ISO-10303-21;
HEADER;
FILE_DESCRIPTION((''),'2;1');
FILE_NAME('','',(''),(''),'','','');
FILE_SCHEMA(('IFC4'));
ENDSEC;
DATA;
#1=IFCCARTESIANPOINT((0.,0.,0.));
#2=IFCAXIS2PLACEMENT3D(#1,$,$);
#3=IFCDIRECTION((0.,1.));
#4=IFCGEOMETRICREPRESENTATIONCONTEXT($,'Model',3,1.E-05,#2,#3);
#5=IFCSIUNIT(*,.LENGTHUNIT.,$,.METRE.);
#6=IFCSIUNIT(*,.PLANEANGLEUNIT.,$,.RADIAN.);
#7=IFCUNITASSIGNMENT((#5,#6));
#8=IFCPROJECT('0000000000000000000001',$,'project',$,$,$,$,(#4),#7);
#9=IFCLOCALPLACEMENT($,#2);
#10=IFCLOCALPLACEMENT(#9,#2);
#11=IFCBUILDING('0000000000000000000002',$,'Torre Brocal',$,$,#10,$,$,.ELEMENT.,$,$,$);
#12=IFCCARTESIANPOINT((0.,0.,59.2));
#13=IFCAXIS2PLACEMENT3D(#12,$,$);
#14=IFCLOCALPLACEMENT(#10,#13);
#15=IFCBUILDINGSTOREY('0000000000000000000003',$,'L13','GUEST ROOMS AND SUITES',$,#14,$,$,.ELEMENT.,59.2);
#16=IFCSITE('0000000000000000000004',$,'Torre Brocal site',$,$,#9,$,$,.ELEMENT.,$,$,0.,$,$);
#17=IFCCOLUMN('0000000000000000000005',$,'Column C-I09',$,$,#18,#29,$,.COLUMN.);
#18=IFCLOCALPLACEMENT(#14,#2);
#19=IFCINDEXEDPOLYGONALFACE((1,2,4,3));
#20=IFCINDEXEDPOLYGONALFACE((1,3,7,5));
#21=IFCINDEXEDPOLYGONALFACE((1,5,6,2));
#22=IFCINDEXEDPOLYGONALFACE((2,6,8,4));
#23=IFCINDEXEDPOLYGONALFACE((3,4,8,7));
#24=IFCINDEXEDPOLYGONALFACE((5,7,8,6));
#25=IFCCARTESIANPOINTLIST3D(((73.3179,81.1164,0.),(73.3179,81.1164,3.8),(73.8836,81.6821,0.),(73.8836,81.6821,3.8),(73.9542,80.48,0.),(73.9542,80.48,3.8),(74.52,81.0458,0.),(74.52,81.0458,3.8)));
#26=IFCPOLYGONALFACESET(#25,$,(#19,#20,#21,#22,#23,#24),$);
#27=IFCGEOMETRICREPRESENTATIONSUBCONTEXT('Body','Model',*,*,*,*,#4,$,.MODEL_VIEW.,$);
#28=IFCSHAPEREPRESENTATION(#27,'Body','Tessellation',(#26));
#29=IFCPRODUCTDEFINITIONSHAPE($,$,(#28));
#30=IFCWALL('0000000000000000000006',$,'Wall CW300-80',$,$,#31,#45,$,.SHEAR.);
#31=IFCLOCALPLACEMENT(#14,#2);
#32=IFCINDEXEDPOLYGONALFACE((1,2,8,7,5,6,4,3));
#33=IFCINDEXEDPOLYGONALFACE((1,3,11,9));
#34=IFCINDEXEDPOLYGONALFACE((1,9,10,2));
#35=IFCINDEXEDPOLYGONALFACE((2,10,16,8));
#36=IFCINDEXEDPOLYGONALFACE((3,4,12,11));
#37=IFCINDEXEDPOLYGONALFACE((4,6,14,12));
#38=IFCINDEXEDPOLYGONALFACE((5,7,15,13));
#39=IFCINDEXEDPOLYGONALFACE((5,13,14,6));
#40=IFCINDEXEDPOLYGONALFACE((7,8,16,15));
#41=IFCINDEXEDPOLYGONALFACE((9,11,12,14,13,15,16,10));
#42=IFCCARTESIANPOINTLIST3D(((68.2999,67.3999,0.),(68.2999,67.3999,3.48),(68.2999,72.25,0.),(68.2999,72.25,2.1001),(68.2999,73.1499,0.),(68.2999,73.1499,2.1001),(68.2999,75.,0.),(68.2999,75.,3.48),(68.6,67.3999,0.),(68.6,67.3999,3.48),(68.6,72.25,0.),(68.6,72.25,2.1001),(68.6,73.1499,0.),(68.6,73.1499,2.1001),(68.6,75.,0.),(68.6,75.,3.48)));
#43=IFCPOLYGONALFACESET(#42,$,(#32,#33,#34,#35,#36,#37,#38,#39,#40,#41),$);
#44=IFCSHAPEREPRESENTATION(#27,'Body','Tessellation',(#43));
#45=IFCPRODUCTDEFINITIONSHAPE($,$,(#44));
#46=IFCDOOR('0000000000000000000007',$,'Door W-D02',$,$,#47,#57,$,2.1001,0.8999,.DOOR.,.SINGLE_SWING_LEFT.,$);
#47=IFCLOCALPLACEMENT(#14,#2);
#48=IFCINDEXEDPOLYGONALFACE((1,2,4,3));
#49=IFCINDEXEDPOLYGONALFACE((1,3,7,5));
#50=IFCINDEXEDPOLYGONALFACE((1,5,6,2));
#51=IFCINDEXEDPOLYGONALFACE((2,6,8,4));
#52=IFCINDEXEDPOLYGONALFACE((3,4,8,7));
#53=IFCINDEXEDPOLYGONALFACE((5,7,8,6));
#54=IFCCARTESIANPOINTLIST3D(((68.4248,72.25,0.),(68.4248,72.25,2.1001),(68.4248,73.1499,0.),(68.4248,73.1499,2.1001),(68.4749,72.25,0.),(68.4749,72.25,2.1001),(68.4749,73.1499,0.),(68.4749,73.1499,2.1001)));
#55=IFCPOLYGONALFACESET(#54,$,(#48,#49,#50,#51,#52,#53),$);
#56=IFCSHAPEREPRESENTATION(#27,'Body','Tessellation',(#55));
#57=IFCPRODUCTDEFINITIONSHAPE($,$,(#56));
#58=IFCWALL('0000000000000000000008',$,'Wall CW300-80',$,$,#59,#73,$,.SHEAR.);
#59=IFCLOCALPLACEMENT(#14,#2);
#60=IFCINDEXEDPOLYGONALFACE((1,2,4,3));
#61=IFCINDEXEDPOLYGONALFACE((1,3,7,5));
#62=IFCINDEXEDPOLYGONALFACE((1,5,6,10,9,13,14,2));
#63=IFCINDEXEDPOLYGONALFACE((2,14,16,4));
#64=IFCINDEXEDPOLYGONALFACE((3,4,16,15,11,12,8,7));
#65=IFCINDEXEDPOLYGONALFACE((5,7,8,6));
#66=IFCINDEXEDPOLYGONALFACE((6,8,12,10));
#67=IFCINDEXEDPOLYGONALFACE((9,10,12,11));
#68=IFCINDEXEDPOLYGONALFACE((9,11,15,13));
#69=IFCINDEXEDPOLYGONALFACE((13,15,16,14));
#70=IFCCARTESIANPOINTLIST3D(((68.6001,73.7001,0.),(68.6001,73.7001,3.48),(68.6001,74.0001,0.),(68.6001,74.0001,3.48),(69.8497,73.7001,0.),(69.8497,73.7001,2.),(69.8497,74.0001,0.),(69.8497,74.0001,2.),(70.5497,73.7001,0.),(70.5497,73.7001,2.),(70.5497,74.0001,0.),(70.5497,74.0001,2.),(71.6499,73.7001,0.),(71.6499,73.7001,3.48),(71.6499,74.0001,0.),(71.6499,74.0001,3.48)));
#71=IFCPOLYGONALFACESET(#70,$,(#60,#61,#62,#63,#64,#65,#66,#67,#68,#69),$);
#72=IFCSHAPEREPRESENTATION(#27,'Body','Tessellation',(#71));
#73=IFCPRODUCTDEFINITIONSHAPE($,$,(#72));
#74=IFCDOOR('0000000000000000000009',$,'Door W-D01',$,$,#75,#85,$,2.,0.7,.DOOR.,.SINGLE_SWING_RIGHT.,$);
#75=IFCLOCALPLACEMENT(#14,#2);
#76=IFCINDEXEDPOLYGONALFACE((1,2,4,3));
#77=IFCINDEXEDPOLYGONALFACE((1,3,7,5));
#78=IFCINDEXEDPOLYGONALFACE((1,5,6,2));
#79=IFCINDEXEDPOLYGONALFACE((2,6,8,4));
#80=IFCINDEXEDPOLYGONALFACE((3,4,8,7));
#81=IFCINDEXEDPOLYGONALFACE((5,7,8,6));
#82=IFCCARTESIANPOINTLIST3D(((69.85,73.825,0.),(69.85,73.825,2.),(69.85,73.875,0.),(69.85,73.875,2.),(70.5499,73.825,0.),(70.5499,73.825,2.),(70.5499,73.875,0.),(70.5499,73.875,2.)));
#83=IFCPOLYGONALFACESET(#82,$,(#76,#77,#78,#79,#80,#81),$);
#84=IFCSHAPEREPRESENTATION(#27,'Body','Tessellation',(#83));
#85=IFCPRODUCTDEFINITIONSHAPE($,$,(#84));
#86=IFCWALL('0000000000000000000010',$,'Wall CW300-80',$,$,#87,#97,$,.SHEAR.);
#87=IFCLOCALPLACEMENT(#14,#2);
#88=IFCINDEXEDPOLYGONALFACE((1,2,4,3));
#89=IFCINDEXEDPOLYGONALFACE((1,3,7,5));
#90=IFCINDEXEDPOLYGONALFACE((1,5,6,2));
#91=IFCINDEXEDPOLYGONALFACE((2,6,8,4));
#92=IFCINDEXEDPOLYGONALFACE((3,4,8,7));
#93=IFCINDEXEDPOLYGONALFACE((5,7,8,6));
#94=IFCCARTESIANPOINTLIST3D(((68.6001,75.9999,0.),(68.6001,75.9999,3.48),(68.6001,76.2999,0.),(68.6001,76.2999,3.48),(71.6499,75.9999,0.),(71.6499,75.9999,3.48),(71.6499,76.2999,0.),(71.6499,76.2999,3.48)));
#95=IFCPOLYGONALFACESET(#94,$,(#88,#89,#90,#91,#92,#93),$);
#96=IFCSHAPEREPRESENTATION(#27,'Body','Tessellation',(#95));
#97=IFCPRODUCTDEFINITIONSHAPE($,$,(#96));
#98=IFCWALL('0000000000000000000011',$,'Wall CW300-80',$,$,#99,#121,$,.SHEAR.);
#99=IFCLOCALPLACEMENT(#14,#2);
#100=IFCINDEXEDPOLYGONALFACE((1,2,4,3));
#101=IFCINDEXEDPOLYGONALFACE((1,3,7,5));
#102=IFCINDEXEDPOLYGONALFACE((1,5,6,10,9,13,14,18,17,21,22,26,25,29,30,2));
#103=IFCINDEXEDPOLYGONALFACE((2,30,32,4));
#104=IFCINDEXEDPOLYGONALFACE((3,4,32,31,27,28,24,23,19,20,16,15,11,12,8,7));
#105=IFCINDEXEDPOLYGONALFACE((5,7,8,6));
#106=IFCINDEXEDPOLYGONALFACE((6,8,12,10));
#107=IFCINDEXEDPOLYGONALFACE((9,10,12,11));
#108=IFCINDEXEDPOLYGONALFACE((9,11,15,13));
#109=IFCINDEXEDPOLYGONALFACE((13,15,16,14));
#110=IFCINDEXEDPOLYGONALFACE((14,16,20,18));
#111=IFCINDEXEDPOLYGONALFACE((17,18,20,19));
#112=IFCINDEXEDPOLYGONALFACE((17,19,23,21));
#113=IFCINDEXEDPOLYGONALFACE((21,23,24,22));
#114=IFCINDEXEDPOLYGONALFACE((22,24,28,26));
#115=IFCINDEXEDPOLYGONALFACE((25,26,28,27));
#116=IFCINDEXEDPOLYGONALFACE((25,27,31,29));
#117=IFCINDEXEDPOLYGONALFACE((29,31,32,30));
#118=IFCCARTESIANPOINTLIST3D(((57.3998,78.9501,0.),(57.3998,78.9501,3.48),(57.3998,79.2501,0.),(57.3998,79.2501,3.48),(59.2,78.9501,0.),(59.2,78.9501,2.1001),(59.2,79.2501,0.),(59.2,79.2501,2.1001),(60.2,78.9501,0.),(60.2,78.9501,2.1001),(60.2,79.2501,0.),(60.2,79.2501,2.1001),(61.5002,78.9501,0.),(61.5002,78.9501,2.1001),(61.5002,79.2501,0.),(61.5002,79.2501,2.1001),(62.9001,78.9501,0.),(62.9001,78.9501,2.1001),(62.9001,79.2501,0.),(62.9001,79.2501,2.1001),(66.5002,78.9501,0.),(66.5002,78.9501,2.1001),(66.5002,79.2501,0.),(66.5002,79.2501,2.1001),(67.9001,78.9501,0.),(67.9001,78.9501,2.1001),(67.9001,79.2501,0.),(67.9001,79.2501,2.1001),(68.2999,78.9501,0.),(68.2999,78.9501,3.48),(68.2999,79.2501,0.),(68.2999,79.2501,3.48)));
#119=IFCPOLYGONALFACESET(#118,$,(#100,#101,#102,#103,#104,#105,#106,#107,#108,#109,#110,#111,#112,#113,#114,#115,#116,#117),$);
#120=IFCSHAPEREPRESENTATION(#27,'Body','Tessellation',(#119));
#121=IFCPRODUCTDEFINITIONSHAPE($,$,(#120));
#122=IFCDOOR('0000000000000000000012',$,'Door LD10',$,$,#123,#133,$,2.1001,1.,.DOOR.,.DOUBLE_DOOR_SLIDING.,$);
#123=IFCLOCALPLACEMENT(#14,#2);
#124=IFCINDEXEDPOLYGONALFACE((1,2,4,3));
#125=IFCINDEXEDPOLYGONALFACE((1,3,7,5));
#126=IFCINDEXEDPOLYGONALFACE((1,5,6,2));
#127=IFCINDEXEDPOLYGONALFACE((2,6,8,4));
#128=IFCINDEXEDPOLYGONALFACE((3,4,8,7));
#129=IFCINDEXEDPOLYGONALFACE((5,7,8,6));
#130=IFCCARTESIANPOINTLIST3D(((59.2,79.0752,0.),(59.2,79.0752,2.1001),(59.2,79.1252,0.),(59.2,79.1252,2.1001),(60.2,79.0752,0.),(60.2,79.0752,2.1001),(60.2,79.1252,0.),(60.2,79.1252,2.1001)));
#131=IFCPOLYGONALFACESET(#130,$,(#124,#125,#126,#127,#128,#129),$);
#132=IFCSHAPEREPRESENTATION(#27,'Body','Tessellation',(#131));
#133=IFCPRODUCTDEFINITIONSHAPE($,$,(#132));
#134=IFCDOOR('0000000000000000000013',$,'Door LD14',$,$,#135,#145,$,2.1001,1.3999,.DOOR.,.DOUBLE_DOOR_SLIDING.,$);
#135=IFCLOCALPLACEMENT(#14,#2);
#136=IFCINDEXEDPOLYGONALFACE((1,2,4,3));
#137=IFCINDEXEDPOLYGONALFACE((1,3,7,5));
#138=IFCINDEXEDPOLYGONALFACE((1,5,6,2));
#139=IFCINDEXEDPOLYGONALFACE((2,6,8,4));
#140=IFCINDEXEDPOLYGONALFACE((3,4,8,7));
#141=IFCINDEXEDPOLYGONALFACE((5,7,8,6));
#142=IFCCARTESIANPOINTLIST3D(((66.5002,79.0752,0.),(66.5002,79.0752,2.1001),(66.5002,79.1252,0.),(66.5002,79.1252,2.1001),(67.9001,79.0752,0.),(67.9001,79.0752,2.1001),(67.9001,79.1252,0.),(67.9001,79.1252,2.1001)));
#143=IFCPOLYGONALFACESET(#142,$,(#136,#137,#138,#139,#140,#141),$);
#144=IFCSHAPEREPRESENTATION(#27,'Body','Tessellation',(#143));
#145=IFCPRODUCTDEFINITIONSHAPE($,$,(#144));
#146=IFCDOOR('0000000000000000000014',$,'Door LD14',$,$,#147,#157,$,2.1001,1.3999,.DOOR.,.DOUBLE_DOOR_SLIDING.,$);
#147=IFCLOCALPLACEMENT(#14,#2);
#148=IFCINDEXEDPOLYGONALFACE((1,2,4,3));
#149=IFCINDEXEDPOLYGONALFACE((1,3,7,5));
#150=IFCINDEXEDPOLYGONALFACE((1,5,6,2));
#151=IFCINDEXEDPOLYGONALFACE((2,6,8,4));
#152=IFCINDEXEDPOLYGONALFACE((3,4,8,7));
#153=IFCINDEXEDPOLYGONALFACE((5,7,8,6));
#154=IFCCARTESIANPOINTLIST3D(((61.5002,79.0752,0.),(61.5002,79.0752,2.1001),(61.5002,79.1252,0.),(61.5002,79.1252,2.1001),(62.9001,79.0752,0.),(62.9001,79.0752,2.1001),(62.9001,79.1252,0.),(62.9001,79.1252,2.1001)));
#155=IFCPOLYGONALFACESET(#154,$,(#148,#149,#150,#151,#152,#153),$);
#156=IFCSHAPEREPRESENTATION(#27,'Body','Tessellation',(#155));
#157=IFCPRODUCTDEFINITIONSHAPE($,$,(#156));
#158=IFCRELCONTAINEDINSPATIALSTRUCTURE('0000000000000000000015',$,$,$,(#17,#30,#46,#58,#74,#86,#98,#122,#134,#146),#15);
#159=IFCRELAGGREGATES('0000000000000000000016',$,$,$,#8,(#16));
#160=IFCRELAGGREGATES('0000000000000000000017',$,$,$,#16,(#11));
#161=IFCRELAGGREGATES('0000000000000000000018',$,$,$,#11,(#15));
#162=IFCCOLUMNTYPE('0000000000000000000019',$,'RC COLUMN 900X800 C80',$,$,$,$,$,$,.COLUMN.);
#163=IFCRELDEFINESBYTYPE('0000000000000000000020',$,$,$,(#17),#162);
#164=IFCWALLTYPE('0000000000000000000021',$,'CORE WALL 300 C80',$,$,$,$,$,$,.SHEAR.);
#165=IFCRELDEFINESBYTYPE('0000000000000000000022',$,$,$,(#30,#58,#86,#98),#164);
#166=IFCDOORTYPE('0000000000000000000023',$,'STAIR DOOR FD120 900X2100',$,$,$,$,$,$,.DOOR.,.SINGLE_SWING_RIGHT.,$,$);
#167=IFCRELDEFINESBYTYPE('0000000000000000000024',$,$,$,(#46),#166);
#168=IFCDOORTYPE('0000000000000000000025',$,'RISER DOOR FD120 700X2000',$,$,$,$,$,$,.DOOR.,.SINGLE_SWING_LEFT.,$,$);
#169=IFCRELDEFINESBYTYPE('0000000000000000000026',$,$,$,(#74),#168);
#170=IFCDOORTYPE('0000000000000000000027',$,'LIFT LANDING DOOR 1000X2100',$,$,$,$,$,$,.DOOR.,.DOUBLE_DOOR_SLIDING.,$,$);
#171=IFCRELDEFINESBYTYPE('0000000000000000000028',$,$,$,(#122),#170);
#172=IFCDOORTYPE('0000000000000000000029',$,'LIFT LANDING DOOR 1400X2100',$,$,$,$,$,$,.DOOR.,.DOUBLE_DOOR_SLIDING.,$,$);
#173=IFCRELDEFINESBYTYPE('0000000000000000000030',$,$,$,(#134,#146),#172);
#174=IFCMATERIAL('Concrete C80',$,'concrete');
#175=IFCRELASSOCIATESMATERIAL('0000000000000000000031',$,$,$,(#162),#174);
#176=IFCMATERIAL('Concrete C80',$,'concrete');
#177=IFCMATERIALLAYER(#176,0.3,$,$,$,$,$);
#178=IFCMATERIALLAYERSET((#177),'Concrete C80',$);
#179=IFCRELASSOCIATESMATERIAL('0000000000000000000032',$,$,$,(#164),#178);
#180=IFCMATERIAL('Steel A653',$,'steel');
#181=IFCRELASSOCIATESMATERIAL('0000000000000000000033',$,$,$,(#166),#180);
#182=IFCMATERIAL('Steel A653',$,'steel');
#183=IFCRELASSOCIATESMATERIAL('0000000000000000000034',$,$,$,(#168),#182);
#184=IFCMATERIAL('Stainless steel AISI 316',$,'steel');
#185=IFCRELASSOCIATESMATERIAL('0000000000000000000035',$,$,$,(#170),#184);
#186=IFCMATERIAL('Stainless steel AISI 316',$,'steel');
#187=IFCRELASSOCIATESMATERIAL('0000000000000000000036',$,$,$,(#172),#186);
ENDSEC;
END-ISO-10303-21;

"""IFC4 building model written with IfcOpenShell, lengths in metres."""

from ifc_helpers import new_model, si_unit, direction, frame, frame_2d, origin, origin_2d, place, context, subcontext, project, spatial, rectangle, extrude, material, layer, layer_set, material_profile, profile_set, type_object, element, fill, save


model = new_model("IFC4")

# Units and contexts
model_context = context("Model", 3, precision=1e-05, world=origin(), true_north=direction((0.0, 1.0)))
body_context = subcontext(model_context, "Body", "Model", "MODEL_VIEW")
ifc_project = project(units=[si_unit("LENGTHUNIT", "METRE"), si_unit("PLANEANGLEUNIT", "RADIAN")], contexts=[model_context])

# Site, building, storey
site_placement = place(None, origin())
site = spatial("IfcSite", under=ifc_project, at=site_placement, Name="Torre Brocal site", CompositionType="ELEMENT", RefElevation=0.0)
building_placement = place(site_placement, origin())
building = spatial("IfcBuilding", under=site, at=building_placement, Name="Torre Brocal", CompositionType="ELEMENT")
storey_placement = place(building_placement, frame((0.0, 0.0, 59.2)))
storey = spatial("IfcBuildingStorey", under=building, at=storey_placement, Name="L13", Description="GUEST ROOMS AND SUITES", CompositionType="ELEMENT", Elevation=59.2)

# Column
ifc_material_1 = material(Name="Concrete C80", Category="concrete")
ifc_material_profile = material_profile(ifc_material_1, rectangle(XDim=0.8999, YDim=0.8, at=origin_2d()), Name="RC 900X800")
ifc_profile_set = profile_set([ifc_material_profile], Name="Concrete C80")
column_type = type_object("IfcColumnType", Name="RC COLUMN 900X800 C80", PredefinedType="COLUMN", material=ifc_profile_set)
column_placement = place(storey_placement, frame((73.9189, 81.0811, 0.0), z_axis=(0.0, 0.0, 1.0), x_axis=(-0.707107, 0.707107, 0.0)))
element("IfcColumn", 1, at=column_placement, inside=storey, type_object=column_type, Name="Column C-I09", PredefinedType="COLUMN", context=body_context, shape_type="SweptSolid", body=[
    extrude(rectangle(XDim=0.8999, YDim=0.8, at=origin_2d()), origin(), (0.0, 0.0, 1.0), 3.8),
])

# Walls, openings, doors
ifc_material_2 = material(Name="Concrete C80", Category="concrete")
ifc_layer_1 = layer(ifc_material_2, 0.3)
ifc_layer_set_1 = layer_set([ifc_layer_1], Name="Concrete C80")
wall_type_1 = type_object("IfcWallType", Name="CORE WALL 300 C80", PredefinedType="SHEAR", material=ifc_layer_set_1)
wall_1_placement = place(storey_placement, frame((68.45, 75.0, 0.0), z_axis=(0.0, 0.0, 1.0), x_axis=(0.0, -1.0, 0.0)))
wall_1 = element("IfcWall", 2, at=wall_1_placement, inside=storey, type_object=wall_type_1, Name="Wall CW300-80", PredefinedType="SHEAR", context=body_context, shape_type="SweptSolid", body=[
    extrude(rectangle(XDim=7.6001, YDim=0.3, at=frame_2d((3.8, 0.0))), origin(), (0.0, 0.0, 1.0), 3.48),
])
opening_1_placement = place(wall_1_placement, frame((1.8501, 0.0, 0.0)))
opening_1 = element("IfcOpeningElement", 3, at=opening_1_placement, cuts=wall_1, PredefinedType="OPENING", context=body_context, shape_type="SweptSolid", body=[
    extrude(rectangle(XDim=0.8999, YDim=2.1001, at=frame_2d((0.45, 1.05))), frame((0.0, 0.1599, 0.0), z_axis=(0.0, -1.0, 0.0), x_axis=(1.0, 0.0, 0.0)), (0.0, 0.0, 1.0), 0.3201),
])
ifc_material_3 = material(Name="Steel A653", Category="steel")
door_type_1 = type_object("IfcDoorType", Name="STAIR DOOR FD120 900X2100", OperationType="SINGLE_SWING_RIGHT", PredefinedType="DOOR", material=ifc_material_3)
door_1_placement = place(opening_1_placement, origin())
door_1 = element("IfcDoor", 4, at=door_1_placement, inside=storey, type_object=door_type_1, Name="Door W-D02", OperationType="SINGLE_SWING_LEFT", OverallHeight=2.1001, OverallWidth=0.8999, PredefinedType="DOOR", context=body_context, shape_type="SweptSolid", body=[
    extrude(rectangle(XDim=0.8999, YDim=2.1001, at=frame_2d((0.45, 1.05))), frame((0.0, 0.0249, 0.0), z_axis=(0.0, -1.0, 0.0), x_axis=(1.0, 0.0, 0.0)), (0.0, 0.0, 1.0), 0.05),
])
fill(opening_1, door_1)
wall_2_placement = place(storey_placement, frame((71.6499, 73.8501, 0.0), z_axis=(0.0, 0.0, 1.0), x_axis=(-1.0, 0.0, 0.0)))
wall_2 = element("IfcWall", 5, at=wall_2_placement, inside=storey, type_object=wall_type_1, Name="Wall CW300-80", PredefinedType="SHEAR", context=body_context, shape_type="SweptSolid", body=[
    extrude(rectangle(XDim=3.0498, YDim=0.3, at=frame_2d((1.5249, 0.0))), origin(), (0.0, 0.0, 1.0), 3.48),
])
opening_2_placement = place(wall_2_placement, frame((1.1001, 0.0, 0.0)))
opening_2 = element("IfcOpeningElement", 6, at=opening_2_placement, cuts=wall_2, PredefinedType="OPENING", context=body_context, shape_type="SweptSolid", body=[
    extrude(rectangle(XDim=0.7, YDim=2.0, at=frame_2d((0.3501, 1.0))), frame((0.0, 0.1599, 0.0), z_axis=(0.0, -1.0, 0.0), x_axis=(1.0, 0.0, 0.0)), (0.0, 0.0, 1.0), 0.3201),
])
ifc_material_4 = material(Name="Steel A653", Category="steel")
door_type_2 = type_object("IfcDoorType", Name="RISER DOOR FD120 700X2000", OperationType="SINGLE_SWING_LEFT", PredefinedType="DOOR", material=ifc_material_4)
door_2_placement = place(opening_2_placement, frame((0.7, 0.0, 0.0), z_axis=(0.0, 0.0, 1.0), x_axis=(-1.0, 0.0, 0.0)))
door_2 = element("IfcDoor", 7, at=door_2_placement, inside=storey, type_object=door_type_2, Name="Door W-D01", OperationType="SINGLE_SWING_RIGHT", OverallHeight=2.0, OverallWidth=0.7, PredefinedType="DOOR", context=body_context, shape_type="SweptSolid", body=[
    extrude(rectangle(XDim=0.7, YDim=2.0, at=frame_2d((0.3501, 1.0))), frame((0.0, 0.0249, 0.0), z_axis=(0.0, -1.0, 0.0), x_axis=(1.0, 0.0, 0.0)), (0.0, 0.0, 1.0), 0.05),
])
fill(opening_2, door_2)

# Wall
wall_3_placement = place(storey_placement, frame((71.6499, 76.1499, 0.0), z_axis=(0.0, 0.0, 1.0), x_axis=(-1.0, 0.0, 0.0)))
element("IfcWall", 8, at=wall_3_placement, inside=storey, type_object=wall_type_1, Name="Wall CW300-80", PredefinedType="SHEAR", context=body_context, shape_type="SweptSolid", body=[
    extrude(rectangle(XDim=3.0498, YDim=0.3, at=frame_2d((1.5249, 0.0))), origin(), (0.0, 0.0, 1.0), 3.48),
])

# Wall, openings, doors
wall_4_placement = place(storey_placement, frame((68.3, 79.1001, 0.0), z_axis=(0.0, 0.0, 1.0), x_axis=(-1.0, 0.0, 0.0)))
wall_4 = element("IfcWall", 9, at=wall_4_placement, inside=storey, type_object=wall_type_1, Name="Wall CW300-80", PredefinedType="SHEAR", context=body_context, shape_type="SweptSolid", body=[
    extrude(rectangle(XDim=10.9001, YDim=0.3, at=frame_2d((5.4502, 0.0))), origin(), (0.0, 0.0, 1.0), 3.48),
])
opening_3_placement = place(wall_4_placement, frame((0.3999, 0.0, 0.0)))
opening_3 = element("IfcOpeningElement", 10, at=opening_3_placement, cuts=wall_4, PredefinedType="OPENING", context=body_context, shape_type="SweptSolid", body=[
    extrude(rectangle(XDim=1.3999, YDim=2.1001, at=frame_2d((0.7, 1.05))), frame((0.0, 0.1599, 0.0), z_axis=(0.0, -1.0, 0.0), x_axis=(1.0, 0.0, 0.0)), (0.0, 0.0, 1.0), 0.3201),
])
opening_4_placement = place(wall_4_placement, frame((5.3999, 0.0, 0.0)))
opening_4 = element("IfcOpeningElement", 11, at=opening_4_placement, cuts=wall_4, PredefinedType="OPENING", context=body_context, shape_type="SweptSolid", body=[
    extrude(rectangle(XDim=1.3999, YDim=2.1001, at=frame_2d((0.7, 1.05))), frame((0.0, 0.1599, 0.0), z_axis=(0.0, -1.0, 0.0), x_axis=(1.0, 0.0, 0.0)), (0.0, 0.0, 1.0), 0.3201),
])
opening_5_placement = place(wall_4_placement, frame((8.1001, 0.0, 0.0)))
opening_5 = element("IfcOpeningElement", 12, at=opening_5_placement, cuts=wall_4, PredefinedType="OPENING", context=body_context, shape_type="SweptSolid", body=[
    extrude(rectangle(XDim=1.0, YDim=2.1001, at=frame_2d((0.5, 1.05))), frame((0.0, 0.1599, 0.0), z_axis=(0.0, -1.0, 0.0), x_axis=(1.0, 0.0, 0.0)), (0.0, 0.0, 1.0), 0.3201),
])
ifc_material_5 = material(Name="Stainless steel AISI 316", Category="steel")
door_type_3 = type_object("IfcDoorType", Name="LIFT LANDING DOOR 1000X2100", OperationType="DOUBLE_DOOR_SLIDING", PredefinedType="DOOR", material=ifc_material_5)
door_3_placement = place(opening_5_placement, origin())
door_3 = element("IfcDoor", 13, at=door_3_placement, inside=storey, type_object=door_type_3, Name="Door LD10", OperationType="DOUBLE_DOOR_SLIDING", OverallHeight=2.1001, OverallWidth=1.0, PredefinedType="DOOR", context=body_context, shape_type="SweptSolid", body=[
    extrude(rectangle(XDim=1.0, YDim=2.1001, at=frame_2d((0.5, 1.05))), frame((0.0, 0.0249, 0.0), z_axis=(0.0, -1.0, 0.0), x_axis=(1.0, 0.0, 0.0)), (0.0, 0.0, 1.0), 0.05),
])
fill(opening_5, door_3)
ifc_material_6 = material(Name="Stainless steel AISI 316", Category="steel")
door_type_4 = type_object("IfcDoorType", Name="LIFT LANDING DOOR 1400X2100", OperationType="DOUBLE_DOOR_SLIDING", PredefinedType="DOOR", material=ifc_material_6)
door_4_placement = place(opening_3_placement, origin())
door_4 = element("IfcDoor", 14, at=door_4_placement, inside=storey, type_object=door_type_4, Name="Door LD14", OperationType="DOUBLE_DOOR_SLIDING", OverallHeight=2.1001, OverallWidth=1.3999, PredefinedType="DOOR", context=body_context, shape_type="SweptSolid", body=[
    extrude(rectangle(XDim=1.3999, YDim=2.1001, at=frame_2d((0.7, 1.05))), frame((0.0, 0.0249, 0.0), z_axis=(0.0, -1.0, 0.0), x_axis=(1.0, 0.0, 0.0)), (0.0, 0.0, 1.0), 0.05),
])
fill(opening_3, door_4)
door_5_placement = place(opening_4_placement, origin())
door_5 = element("IfcDoor", 15, at=door_5_placement, inside=storey, type_object=door_type_4, Name="Door LD14", OperationType="DOUBLE_DOOR_SLIDING", OverallHeight=2.1001, OverallWidth=1.3999, PredefinedType="DOOR", context=body_context, shape_type="SweptSolid", body=[
    extrude(rectangle(XDim=1.3999, YDim=2.1001, at=frame_2d((0.7, 1.05))), frame((0.0, 0.0249, 0.0), z_axis=(0.0, -1.0, 0.0), x_axis=(1.0, 0.0, 0.0)), (0.0, 0.0, 1.0), 0.05),
])
fill(opening_4, door_5)

save(model, "model.ifc")
